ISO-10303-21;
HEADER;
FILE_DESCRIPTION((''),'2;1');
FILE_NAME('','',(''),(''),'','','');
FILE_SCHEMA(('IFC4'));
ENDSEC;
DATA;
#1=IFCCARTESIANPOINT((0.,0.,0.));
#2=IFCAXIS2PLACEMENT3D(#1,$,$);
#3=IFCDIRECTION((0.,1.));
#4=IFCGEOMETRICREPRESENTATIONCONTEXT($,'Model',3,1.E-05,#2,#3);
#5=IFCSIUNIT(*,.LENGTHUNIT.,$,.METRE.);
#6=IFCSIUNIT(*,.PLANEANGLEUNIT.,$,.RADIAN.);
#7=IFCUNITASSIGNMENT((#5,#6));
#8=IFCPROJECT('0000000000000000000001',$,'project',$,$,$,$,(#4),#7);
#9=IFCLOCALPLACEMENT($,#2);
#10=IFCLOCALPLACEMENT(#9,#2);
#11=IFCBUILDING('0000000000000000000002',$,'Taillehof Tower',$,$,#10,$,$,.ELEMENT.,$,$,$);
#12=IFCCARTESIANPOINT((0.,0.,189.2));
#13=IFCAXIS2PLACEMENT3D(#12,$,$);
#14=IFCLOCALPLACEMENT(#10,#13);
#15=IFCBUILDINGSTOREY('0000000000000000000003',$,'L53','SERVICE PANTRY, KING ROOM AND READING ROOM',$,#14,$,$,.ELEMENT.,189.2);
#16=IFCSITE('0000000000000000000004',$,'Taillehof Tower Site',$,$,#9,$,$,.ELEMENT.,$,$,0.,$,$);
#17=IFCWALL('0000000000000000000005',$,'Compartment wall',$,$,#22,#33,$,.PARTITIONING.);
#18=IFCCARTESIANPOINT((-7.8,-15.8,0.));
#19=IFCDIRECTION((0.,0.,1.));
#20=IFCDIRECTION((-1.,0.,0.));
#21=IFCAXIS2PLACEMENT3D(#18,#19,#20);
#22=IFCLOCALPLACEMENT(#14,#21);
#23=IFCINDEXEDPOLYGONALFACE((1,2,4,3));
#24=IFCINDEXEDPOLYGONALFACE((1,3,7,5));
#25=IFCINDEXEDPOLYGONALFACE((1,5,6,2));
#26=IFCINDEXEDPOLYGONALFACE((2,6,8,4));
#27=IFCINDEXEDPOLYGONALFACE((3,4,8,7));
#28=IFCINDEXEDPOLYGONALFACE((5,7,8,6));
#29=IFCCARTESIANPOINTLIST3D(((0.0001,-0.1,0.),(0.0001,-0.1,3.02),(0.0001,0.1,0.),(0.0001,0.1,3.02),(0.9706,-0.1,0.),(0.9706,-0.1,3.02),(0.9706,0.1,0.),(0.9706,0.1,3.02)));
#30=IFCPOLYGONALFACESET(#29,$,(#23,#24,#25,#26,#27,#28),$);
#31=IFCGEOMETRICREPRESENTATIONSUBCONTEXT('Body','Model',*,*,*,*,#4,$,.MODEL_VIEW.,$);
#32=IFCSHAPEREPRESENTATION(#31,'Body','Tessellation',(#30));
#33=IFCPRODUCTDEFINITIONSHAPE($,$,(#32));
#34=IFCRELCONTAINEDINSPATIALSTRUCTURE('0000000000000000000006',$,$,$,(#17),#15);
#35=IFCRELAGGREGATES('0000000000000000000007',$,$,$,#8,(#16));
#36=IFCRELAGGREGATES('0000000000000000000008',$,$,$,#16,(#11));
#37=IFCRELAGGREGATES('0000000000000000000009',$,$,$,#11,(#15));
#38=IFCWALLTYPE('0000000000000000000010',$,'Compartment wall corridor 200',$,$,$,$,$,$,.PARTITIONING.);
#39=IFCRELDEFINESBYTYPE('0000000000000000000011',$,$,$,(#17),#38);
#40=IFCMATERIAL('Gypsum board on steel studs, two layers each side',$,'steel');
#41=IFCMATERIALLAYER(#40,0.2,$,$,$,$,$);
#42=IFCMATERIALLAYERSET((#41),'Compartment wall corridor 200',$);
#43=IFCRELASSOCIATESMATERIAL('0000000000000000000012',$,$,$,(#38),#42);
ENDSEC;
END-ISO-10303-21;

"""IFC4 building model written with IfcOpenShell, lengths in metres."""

from ifc_helpers import new_model, si_unit, direction, frame, frame_2d, origin, place, context, subcontext, project, spatial, rectangle, extrude, material, layer, layer_set, type_object, element, save


model = new_model("IFC4")

# Units and contexts
model_context = context("Model", 3, precision=1e-05, world=origin(), true_north=direction((0.0, 1.0)))
body_context = subcontext(model_context, "Body", "Model", "MODEL_VIEW")
ifc_project = project(units=[si_unit("LENGTHUNIT", "METRE"), si_unit("PLANEANGLEUNIT", "RADIAN")], contexts=[model_context])

# Site, building, storey
site_placement = place(None, origin())
site = spatial("IfcSite", under=ifc_project, at=site_placement, Name="Taillehof Tower Site", CompositionType="ELEMENT", RefElevation=0.0)
building_placement = place(site_placement, origin())
building = spatial("IfcBuilding", under=site, at=building_placement, Name="Taillehof Tower", CompositionType="ELEMENT")
storey_placement = place(building_placement, frame((0.0, 0.0, 189.2)))
storey = spatial("IfcBuildingStorey", under=building, at=storey_placement, Name="L53", Description="SERVICE PANTRY, KING ROOM AND READING ROOM", CompositionType="ELEMENT", Elevation=189.2)

# Wall
ifc_material_1 = material(Name="Gypsum board on steel studs, two layers each side", Category="steel")
ifc_layer_1 = layer(ifc_material_1, 0.2)
ifc_layer_set_1 = layer_set([ifc_layer_1], Name="Compartment wall corridor 200")
wall_type_1 = type_object("IfcWallType", Name="Compartment wall corridor 200", PredefinedType="PARTITIONING", material=ifc_layer_set_1)
wall_1_placement = place(storey_placement, frame((-7.8, -15.8, 0.0), z_axis=(0.0, 0.0, 1.0), x_axis=(-1.0, 0.0, 0.0)))
element("IfcWall", 1, at=wall_1_placement, inside=storey, type_object=wall_type_1, Name="Compartment wall", PredefinedType="PARTITIONING", context=body_context, shape_type="SweptSolid", body=[
    extrude(rectangle(XDim=0.9705, YDim=0.2, at=frame_2d((0.4854, 0.0))), origin(), (0.0, 0.0, 1.0), 3.02),
])

save(model, "model.ifc")
